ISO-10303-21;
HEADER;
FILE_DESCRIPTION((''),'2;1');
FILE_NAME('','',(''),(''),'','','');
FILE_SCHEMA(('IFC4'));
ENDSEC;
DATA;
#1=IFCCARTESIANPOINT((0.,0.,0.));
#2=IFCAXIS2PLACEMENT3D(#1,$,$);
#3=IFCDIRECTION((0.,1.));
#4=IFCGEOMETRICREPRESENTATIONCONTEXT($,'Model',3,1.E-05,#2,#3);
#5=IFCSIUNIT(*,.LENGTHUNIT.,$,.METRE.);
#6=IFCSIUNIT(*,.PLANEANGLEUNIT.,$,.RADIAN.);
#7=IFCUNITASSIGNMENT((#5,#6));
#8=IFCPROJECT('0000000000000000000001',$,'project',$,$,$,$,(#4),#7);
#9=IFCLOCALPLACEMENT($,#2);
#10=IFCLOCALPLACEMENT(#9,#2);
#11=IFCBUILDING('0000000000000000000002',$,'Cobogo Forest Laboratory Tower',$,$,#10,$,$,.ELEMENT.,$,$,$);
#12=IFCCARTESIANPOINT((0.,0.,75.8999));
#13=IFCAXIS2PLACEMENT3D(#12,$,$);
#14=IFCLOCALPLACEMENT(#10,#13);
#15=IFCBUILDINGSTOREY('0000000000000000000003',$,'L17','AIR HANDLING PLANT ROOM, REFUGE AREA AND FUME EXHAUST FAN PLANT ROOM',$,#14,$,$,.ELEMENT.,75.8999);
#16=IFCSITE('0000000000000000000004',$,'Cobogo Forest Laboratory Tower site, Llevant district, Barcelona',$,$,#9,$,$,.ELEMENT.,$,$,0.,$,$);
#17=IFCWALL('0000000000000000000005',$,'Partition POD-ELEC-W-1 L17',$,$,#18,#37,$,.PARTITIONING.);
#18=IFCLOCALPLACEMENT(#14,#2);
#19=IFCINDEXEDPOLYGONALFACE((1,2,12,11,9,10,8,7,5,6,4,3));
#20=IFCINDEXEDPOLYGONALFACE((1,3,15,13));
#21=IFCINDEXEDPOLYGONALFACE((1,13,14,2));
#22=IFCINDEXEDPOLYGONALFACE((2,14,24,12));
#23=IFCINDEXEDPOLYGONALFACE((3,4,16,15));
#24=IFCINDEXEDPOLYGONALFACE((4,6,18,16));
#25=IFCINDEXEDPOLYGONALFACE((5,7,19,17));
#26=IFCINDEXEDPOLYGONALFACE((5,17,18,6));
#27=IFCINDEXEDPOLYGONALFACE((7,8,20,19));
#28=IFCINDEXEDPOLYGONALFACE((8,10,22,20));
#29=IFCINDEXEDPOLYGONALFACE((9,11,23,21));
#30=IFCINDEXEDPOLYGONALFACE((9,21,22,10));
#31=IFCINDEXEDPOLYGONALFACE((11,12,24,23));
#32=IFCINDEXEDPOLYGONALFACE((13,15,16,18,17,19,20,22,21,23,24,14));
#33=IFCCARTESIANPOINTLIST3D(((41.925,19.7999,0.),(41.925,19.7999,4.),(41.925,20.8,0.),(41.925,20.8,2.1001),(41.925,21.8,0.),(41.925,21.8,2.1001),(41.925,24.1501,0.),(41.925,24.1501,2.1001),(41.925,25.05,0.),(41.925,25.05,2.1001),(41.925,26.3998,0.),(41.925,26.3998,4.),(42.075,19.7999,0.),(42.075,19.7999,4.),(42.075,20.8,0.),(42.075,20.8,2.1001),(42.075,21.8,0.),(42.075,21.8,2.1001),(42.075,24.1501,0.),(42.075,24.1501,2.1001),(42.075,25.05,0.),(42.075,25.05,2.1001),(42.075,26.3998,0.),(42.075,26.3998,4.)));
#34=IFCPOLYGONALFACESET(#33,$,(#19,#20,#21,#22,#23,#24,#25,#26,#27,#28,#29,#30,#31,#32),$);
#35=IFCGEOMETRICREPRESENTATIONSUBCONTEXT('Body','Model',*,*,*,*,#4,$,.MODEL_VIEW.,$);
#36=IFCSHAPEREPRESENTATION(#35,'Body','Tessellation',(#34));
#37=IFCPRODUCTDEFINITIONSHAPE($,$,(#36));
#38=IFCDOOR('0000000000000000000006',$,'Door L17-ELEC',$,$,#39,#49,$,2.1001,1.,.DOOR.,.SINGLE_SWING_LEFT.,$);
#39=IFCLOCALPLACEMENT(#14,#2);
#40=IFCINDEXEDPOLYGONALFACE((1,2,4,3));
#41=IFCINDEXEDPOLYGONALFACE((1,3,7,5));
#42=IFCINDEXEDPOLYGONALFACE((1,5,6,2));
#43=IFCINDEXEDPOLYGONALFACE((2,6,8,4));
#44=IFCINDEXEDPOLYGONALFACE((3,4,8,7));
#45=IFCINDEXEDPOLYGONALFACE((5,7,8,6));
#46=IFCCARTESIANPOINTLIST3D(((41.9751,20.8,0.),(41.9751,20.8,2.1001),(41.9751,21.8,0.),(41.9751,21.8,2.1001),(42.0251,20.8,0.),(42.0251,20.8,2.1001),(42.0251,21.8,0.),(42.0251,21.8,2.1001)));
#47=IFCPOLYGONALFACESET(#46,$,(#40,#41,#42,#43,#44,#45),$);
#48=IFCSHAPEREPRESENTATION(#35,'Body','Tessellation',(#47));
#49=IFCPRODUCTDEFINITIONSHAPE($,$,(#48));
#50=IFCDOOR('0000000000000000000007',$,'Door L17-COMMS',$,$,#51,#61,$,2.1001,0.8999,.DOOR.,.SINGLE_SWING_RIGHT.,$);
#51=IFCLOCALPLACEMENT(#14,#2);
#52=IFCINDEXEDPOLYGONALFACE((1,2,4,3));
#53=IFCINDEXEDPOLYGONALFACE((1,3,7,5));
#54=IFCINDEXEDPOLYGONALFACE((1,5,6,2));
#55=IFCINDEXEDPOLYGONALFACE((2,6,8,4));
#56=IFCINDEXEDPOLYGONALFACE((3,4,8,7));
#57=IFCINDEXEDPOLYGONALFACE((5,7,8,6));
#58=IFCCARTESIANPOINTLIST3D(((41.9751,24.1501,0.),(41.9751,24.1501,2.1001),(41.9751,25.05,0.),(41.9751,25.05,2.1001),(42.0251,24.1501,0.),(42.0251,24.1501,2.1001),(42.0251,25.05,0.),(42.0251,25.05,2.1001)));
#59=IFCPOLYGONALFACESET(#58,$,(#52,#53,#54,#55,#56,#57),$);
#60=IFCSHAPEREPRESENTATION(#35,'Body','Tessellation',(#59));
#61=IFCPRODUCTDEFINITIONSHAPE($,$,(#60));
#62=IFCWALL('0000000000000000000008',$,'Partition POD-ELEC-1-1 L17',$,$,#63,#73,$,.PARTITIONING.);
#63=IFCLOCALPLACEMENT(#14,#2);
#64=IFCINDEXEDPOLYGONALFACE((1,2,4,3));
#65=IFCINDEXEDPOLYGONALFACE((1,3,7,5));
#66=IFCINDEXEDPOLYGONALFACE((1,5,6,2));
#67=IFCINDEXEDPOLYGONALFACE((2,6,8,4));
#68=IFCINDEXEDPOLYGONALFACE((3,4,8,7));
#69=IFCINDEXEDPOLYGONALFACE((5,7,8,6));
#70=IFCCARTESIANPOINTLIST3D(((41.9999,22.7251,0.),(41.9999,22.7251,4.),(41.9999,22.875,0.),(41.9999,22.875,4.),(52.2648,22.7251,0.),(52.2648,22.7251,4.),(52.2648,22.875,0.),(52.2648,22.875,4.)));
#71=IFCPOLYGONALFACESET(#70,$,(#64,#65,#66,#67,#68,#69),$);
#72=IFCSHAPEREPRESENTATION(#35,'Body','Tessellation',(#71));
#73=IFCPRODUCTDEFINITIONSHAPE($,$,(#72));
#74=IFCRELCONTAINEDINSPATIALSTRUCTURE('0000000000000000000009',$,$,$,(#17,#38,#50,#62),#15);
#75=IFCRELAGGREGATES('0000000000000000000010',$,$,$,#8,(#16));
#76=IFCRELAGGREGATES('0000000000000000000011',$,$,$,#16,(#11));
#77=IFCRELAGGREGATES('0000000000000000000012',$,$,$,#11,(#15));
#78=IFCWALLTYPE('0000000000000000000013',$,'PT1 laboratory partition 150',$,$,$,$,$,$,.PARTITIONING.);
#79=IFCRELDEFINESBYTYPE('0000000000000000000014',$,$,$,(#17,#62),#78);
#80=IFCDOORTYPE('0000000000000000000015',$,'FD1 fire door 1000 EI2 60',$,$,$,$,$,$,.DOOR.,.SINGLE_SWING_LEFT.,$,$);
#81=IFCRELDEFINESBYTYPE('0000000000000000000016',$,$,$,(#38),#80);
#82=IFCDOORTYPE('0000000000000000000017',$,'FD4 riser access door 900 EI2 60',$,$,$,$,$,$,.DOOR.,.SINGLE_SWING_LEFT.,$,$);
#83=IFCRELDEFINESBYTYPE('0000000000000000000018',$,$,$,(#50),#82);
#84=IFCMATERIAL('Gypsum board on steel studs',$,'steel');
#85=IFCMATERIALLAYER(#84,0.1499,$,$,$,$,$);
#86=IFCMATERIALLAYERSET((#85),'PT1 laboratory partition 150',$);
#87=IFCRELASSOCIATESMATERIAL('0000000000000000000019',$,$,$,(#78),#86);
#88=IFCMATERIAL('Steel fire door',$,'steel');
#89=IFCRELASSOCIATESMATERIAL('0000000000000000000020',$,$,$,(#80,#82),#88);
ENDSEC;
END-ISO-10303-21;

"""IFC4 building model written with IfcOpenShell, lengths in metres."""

from ifc_helpers import new_model, si_unit, direction, frame, frame_2d, origin, place, context, subcontext, project, spatial, rectangle, extrude, material, layer, layer_set, type_object, element, fill, save


model = new_model("IFC4")

# Units and contexts
model_context = context("Model", 3, precision=1e-05, world=origin(), true_north=direction((0.0, 1.0)))
body_context = subcontext(model_context, "Body", "Model", "MODEL_VIEW")
ifc_project = project(units=[si_unit("LENGTHUNIT", "METRE"), si_unit("PLANEANGLEUNIT", "RADIAN")], contexts=[model_context])

# Site, building, storey
site_placement = place(None, origin())
site = spatial("IfcSite", under=ifc_project, at=site_placement, Name="Cobogo Forest Laboratory Tower site, Llevant district, Barcelona", CompositionType="ELEMENT", RefElevation=0.0)
building_placement = place(site_placement, origin())
building = spatial("IfcBuilding", under=site, at=building_placement, Name="Cobogo Forest Laboratory Tower", CompositionType="ELEMENT")
storey_placement = place(building_placement, frame((0.0, 0.0, 75.8999)))
storey = spatial("IfcBuildingStorey", under=building, at=storey_placement, Name="L17", Description="AIR HANDLING PLANT ROOM, REFUGE AREA AND FUME EXHAUST FAN PLANT ROOM", CompositionType="ELEMENT", Elevation=75.8999)

# Shared definitions
ifc_material_1 = material(Name="Gypsum board on steel studs", Category="steel")
ifc_layer_1 = layer(ifc_material_1, 0.1499)
ifc_layer_set_1 = layer_set([ifc_layer_1], Name="PT1 laboratory partition 150")
wall_type = type_object("IfcWallType", Name="PT1 laboratory partition 150", PredefinedType="PARTITIONING", material=ifc_layer_set_1)

# Wall, openings, doors
wall_1_placement = place(storey_placement, frame((42.0, 19.8, 0.0), z_axis=(0.0, 0.0, 1.0), x_axis=(0.0, 1.0, 0.0)))
wall_1 = element("IfcWall", 1, at=wall_1_placement, inside=storey, type_object=wall_type, Name="Partition POD-ELEC-W-1 L17", PredefinedType="PARTITIONING", context=body_context, shape_type="SweptSolid", body=[
    extrude(rectangle(XDim=6.5999, YDim=0.1499, at=frame_2d((3.2998, 0.0))), origin(), (0.0, 0.0, 1.0), 4.0),
])
opening_1_placement = place(wall_1_placement, frame((1.0, 0.0, 0.0)))
opening_1 = element("IfcOpeningElement", 2, at=opening_1_placement, cuts=wall_1, PredefinedType="OPENING", context=body_context, shape_type="SweptSolid", body=[
    extrude(rectangle(XDim=1.0, YDim=2.1001, at=frame_2d((0.5, 1.05))), frame((0.0, 0.085, 0.0), z_axis=(0.0, -1.0, 0.0), x_axis=(1.0, 0.0, 0.0)), (0.0, 0.0, 1.0), 0.1699),
])
opening_2_placement = place(wall_1_placement, frame((4.3501, 0.0, 0.0)))
opening_2 = element("IfcOpeningElement", 3, at=opening_2_placement, cuts=wall_1, PredefinedType="OPENING", context=body_context, shape_type="SweptSolid", body=[
    extrude(rectangle(XDim=0.8999, YDim=2.1001, at=frame_2d((0.45, 1.05))), frame((0.0, 0.085, 0.0), z_axis=(0.0, -1.0, 0.0), x_axis=(1.0, 0.0, 0.0)), (0.0, 0.0, 1.0), 0.1699),
])
ifc_material_2 = material(Name="Steel fire door", Category="steel")
door_type_1 = type_object("IfcDoorType", Name="FD1 fire door 1000 EI2 60", OperationType="SINGLE_SWING_LEFT", PredefinedType="DOOR", material=ifc_material_2)
door_1_placement = place(opening_1_placement, origin())
door_1 = element("IfcDoor", 4, at=door_1_placement, inside=storey, type_object=door_type_1, Name="Door L17-ELEC", OperationType="SINGLE_SWING_LEFT", OverallHeight=2.1001, OverallWidth=1.0, PredefinedType="DOOR", context=body_context, shape_type="SweptSolid", body=[
    extrude(rectangle(XDim=1.0, YDim=2.1001, at=frame_2d((0.5, 1.05))), frame((0.0, 0.0249, 0.0), z_axis=(0.0, -1.0, 0.0), x_axis=(1.0, 0.0, 0.0)), (0.0, 0.0, 1.0), 0.05),
])
fill(opening_1, door_1)
door_type_2 = type_object("IfcDoorType", Name="FD4 riser access door 900 EI2 60", OperationType="SINGLE_SWING_LEFT", PredefinedType="DOOR", material=ifc_material_2)
door_2_placement = place(opening_2_placement, origin())
door_2 = element("IfcDoor", 5, at=door_2_placement, inside=storey, type_object=door_type_2, Name="Door L17-COMMS", OperationType="SINGLE_SWING_RIGHT", OverallHeight=2.1001, OverallWidth=0.8999, PredefinedType="DOOR", context=body_context, shape_type="SweptSolid", body=[
    extrude(rectangle(XDim=0.8999, YDim=2.1001, at=frame_2d((0.45, 1.05))), frame((0.0, 0.0249, 0.0), z_axis=(0.0, -1.0, 0.0), x_axis=(1.0, 0.0, 0.0)), (0.0, 0.0, 1.0), 0.05),
])
fill(opening_2, door_2)

# Wall
wall_2_placement = place(storey_placement, frame((42.0, 22.8, 0.0), z_axis=(0.0, 0.0, 1.0), x_axis=(1.0, 0.0, 0.0)))
element("IfcWall", 6, at=wall_2_placement, inside=storey, type_object=wall_type, Name="Partition POD-ELEC-1-1 L17", PredefinedType="PARTITIONING", context=body_context, shape_type="SweptSolid", body=[
    extrude(rectangle(XDim=10.2649, YDim=0.1499, at=frame_2d((5.1323, 0.0))), origin(), (0.0, 0.0, 1.0), 4.0),
])

save(model, "model.ifc")
